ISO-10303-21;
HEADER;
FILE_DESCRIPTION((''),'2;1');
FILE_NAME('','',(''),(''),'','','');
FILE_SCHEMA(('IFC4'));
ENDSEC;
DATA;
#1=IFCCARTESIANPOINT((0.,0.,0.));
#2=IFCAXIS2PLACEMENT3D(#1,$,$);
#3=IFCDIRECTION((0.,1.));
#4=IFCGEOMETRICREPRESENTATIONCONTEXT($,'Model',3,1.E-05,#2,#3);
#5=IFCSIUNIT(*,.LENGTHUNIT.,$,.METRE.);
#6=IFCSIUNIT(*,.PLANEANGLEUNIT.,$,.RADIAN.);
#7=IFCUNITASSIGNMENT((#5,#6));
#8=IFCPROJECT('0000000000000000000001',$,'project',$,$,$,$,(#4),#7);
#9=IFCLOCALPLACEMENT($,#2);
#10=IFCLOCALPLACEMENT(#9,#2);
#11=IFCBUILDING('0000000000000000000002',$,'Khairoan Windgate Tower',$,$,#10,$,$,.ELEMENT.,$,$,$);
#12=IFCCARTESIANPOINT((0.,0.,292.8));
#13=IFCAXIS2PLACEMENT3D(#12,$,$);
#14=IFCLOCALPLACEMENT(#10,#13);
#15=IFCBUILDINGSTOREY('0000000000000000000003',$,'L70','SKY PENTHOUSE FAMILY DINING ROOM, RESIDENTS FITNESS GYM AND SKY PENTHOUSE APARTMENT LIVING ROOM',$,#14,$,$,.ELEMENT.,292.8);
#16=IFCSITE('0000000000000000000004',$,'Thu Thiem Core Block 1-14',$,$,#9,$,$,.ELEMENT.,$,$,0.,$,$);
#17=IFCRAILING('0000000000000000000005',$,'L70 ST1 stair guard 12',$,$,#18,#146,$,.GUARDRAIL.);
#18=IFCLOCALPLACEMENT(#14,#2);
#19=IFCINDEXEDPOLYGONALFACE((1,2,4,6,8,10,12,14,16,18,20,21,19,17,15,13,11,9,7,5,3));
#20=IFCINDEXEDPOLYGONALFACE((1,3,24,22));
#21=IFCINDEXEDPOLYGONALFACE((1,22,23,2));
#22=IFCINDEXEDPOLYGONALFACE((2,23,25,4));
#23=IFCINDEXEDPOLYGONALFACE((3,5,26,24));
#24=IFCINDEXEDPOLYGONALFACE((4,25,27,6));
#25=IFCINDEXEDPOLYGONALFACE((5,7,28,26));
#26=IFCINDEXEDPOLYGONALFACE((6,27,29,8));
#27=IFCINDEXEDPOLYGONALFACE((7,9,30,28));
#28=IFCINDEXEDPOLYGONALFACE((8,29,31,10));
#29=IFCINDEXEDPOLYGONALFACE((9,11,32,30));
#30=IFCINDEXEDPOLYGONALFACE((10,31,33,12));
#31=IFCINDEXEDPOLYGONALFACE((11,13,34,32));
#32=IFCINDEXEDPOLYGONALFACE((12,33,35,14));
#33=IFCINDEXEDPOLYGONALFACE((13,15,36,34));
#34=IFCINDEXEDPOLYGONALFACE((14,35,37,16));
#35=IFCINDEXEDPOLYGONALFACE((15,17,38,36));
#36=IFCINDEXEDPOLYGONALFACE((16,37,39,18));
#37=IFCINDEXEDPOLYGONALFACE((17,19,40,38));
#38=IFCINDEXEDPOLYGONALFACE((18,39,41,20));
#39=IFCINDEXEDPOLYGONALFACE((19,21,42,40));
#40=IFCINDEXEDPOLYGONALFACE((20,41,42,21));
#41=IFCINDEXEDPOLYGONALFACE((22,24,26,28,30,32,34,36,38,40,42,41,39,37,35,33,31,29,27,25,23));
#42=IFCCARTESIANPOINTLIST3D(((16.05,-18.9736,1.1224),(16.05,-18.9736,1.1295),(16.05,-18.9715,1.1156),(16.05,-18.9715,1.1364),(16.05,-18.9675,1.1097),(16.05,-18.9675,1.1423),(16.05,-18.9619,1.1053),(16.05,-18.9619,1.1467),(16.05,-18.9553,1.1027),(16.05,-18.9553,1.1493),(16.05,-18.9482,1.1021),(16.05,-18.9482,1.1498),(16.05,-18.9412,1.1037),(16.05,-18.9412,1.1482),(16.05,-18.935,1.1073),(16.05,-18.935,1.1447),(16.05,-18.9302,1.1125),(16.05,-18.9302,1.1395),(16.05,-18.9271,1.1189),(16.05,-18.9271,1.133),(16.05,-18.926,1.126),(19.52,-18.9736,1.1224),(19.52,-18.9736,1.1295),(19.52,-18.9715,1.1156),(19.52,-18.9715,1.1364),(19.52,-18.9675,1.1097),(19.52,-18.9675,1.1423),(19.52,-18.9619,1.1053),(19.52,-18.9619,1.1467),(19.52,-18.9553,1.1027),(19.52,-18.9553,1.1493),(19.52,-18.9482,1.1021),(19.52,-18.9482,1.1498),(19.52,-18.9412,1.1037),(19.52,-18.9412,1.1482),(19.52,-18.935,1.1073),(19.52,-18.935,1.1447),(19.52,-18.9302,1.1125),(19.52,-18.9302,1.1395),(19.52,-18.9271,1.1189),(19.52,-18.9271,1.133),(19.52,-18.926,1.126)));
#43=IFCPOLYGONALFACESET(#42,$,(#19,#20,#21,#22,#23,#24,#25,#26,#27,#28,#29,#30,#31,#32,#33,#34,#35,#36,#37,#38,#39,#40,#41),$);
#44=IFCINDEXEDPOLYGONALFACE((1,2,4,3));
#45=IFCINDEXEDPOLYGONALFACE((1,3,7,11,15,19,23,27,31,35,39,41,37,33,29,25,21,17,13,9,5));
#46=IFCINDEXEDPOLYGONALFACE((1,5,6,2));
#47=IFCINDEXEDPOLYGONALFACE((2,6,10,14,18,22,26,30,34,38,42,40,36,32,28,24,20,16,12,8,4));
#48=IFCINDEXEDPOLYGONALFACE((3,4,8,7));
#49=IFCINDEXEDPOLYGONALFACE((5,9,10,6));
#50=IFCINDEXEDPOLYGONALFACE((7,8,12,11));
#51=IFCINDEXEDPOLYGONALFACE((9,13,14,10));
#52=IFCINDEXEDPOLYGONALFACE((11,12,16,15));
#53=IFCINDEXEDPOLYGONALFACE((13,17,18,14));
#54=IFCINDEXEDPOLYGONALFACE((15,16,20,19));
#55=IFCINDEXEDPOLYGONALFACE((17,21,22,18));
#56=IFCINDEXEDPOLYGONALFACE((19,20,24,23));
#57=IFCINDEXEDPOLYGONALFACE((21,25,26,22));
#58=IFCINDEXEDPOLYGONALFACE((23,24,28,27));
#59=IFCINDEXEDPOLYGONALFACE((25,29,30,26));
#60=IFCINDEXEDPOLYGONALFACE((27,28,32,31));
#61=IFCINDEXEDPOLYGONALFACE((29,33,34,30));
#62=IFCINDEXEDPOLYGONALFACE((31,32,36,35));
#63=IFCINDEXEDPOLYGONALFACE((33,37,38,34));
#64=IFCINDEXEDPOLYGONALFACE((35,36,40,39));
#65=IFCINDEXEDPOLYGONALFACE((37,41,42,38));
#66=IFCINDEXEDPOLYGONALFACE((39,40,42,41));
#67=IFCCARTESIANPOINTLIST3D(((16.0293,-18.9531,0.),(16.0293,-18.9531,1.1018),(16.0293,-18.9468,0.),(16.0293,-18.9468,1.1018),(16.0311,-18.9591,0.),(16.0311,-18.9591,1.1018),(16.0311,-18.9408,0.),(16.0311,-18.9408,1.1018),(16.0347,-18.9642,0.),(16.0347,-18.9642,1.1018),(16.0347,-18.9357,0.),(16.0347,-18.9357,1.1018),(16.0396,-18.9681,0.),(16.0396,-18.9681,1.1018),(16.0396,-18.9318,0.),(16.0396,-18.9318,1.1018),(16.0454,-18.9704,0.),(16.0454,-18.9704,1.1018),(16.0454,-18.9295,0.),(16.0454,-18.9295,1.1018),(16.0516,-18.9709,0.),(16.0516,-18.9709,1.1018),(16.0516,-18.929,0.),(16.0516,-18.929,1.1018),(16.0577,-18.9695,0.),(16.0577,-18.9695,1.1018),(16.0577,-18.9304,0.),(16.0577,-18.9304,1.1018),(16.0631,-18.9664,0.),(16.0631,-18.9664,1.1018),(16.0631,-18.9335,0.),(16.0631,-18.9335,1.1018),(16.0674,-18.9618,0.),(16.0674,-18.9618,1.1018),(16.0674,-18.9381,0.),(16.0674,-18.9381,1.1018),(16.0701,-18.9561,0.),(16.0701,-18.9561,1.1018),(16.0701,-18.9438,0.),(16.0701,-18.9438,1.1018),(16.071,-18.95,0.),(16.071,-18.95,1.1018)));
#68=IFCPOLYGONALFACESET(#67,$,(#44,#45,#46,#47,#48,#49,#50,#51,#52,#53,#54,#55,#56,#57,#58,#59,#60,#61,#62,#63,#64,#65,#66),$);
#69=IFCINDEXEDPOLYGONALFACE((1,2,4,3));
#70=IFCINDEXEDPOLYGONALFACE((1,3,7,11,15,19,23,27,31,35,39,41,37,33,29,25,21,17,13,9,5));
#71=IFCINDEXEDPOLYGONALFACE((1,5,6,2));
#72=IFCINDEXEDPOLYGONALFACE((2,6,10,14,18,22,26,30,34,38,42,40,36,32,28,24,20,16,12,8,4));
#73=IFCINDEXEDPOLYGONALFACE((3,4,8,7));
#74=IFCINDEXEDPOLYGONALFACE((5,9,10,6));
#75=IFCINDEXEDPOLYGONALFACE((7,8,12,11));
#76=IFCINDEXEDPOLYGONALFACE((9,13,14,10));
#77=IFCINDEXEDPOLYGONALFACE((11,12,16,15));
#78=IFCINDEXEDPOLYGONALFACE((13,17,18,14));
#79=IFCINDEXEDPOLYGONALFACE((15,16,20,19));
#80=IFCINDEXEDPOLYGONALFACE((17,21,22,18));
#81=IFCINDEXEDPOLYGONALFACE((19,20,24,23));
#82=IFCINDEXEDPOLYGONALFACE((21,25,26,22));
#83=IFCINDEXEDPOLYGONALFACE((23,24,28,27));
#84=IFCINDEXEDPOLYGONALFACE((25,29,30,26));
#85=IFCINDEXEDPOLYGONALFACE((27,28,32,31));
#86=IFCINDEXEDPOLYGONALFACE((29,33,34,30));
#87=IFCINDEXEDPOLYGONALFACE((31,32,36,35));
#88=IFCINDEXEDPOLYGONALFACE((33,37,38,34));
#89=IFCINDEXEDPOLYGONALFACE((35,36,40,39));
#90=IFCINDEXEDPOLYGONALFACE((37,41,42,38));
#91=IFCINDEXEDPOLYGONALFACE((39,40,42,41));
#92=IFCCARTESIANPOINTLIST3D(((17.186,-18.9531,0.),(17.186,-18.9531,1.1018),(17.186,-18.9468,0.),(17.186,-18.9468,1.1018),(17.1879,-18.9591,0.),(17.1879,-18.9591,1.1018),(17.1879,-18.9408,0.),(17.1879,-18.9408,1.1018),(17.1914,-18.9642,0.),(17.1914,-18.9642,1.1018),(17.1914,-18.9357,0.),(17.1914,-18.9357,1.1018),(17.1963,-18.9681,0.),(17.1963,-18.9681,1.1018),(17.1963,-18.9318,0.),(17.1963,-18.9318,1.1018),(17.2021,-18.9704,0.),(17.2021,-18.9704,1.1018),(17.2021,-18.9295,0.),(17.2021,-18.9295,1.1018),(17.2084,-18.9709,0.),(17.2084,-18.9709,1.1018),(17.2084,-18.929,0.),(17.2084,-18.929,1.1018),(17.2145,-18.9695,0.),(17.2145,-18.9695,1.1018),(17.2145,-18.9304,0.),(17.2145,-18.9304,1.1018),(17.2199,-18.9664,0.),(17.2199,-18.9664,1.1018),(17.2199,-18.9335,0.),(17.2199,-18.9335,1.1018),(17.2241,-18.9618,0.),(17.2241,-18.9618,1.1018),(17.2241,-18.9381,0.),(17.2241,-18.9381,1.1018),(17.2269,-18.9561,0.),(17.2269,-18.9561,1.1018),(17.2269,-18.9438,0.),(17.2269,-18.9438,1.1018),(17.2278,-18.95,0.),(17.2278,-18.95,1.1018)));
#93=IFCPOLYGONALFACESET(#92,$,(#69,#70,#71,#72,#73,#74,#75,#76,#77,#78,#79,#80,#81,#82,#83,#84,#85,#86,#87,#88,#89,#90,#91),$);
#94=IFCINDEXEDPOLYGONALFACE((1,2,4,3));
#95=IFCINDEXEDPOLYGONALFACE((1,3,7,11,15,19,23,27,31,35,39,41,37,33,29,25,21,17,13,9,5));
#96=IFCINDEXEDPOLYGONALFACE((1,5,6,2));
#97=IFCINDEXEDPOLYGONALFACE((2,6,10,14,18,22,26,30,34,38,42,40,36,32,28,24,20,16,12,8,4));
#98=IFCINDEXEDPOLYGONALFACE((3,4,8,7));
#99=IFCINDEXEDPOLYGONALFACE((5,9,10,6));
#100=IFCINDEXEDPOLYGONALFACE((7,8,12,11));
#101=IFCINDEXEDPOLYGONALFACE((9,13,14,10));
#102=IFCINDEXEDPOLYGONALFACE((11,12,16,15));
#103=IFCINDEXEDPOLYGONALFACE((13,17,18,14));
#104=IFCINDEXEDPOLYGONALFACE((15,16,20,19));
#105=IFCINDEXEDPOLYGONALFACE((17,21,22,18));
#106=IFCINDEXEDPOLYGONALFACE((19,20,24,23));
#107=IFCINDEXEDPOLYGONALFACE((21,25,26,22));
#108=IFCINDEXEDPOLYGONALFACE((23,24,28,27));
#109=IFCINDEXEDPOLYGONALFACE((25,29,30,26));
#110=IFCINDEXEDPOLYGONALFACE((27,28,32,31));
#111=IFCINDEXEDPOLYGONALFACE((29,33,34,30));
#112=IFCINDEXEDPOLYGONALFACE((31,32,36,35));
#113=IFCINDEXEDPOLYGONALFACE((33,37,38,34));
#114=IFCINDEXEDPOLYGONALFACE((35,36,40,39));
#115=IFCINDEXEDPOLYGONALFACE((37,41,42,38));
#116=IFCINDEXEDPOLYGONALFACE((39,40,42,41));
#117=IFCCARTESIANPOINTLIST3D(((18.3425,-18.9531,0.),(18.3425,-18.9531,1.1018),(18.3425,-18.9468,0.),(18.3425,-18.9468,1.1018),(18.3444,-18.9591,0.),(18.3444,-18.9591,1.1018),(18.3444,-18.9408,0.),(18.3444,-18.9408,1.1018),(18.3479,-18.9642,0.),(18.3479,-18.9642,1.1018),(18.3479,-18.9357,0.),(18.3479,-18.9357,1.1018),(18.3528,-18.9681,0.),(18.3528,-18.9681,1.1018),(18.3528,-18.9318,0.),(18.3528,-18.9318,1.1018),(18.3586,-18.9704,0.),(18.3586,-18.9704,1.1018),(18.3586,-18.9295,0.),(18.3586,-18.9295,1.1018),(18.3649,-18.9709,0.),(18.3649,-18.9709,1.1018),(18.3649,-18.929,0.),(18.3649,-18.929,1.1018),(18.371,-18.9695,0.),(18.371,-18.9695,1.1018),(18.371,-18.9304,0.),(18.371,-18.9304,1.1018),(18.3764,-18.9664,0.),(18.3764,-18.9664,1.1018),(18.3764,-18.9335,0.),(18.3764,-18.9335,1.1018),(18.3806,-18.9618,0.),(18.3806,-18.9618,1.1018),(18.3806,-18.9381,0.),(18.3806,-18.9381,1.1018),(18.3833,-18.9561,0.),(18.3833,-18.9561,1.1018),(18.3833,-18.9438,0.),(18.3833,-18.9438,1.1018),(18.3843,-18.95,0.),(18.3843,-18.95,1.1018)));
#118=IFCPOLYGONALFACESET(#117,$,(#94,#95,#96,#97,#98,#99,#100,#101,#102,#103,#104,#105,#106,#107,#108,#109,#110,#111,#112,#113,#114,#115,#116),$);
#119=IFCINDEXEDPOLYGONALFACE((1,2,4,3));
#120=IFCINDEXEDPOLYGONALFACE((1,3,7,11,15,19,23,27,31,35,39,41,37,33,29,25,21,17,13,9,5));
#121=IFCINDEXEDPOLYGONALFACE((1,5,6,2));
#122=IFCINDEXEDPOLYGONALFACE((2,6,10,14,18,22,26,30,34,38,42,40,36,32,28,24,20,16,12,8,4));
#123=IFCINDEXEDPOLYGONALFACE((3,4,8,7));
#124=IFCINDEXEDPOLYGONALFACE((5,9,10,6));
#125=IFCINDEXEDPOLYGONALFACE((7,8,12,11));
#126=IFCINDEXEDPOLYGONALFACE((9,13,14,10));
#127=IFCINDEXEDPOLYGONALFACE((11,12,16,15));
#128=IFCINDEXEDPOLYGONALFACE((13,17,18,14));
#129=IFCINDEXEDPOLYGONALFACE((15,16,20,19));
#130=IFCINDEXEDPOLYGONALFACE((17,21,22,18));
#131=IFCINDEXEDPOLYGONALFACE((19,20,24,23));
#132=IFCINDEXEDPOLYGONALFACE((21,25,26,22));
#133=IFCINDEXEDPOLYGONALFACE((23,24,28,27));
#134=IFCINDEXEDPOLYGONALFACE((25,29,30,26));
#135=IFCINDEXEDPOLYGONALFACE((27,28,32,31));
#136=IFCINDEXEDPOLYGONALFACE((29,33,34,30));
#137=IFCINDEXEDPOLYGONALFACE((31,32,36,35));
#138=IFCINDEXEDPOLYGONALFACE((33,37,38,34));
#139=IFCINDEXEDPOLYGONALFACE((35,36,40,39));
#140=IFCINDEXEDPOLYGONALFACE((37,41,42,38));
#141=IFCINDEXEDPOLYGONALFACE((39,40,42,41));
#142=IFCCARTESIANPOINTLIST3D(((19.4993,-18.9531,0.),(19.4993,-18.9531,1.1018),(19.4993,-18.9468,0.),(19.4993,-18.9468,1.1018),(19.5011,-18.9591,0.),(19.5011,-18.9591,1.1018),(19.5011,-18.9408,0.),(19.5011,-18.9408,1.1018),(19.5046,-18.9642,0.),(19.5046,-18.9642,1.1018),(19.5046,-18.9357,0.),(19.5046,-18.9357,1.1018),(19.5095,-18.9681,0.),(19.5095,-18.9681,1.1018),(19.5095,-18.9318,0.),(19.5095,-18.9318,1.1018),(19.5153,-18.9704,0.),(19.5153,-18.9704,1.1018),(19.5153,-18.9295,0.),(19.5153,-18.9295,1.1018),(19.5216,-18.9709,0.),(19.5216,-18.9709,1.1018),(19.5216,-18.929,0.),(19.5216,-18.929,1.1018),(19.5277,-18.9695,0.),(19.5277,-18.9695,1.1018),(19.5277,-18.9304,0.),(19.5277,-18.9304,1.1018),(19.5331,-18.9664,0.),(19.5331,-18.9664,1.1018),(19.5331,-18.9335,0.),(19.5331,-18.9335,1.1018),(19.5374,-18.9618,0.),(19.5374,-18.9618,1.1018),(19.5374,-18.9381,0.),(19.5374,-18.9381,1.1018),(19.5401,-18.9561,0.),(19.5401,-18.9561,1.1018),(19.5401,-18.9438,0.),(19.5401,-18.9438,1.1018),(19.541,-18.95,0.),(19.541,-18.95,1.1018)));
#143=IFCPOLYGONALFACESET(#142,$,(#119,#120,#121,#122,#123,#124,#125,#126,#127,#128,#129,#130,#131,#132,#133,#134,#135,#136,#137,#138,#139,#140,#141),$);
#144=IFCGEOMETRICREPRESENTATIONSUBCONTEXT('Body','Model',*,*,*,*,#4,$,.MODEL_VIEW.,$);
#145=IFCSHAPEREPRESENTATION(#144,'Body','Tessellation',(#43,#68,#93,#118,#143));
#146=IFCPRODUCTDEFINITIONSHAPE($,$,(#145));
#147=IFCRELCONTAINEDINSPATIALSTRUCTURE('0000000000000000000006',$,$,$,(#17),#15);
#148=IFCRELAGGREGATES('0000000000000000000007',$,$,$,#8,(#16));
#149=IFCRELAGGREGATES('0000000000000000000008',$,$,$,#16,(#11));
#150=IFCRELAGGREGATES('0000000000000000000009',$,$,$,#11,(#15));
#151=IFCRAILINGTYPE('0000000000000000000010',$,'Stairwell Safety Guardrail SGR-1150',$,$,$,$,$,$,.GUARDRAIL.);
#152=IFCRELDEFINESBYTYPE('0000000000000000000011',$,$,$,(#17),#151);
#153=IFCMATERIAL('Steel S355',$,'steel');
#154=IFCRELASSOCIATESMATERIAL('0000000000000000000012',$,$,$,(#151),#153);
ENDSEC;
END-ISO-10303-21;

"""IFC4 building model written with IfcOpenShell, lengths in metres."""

from ifc_helpers import new_model, si_unit, direction, frame, origin, origin_2d, place, context, subcontext, project, spatial, circle, extrude, material, type_object, element, save


model = new_model("IFC4")

# Units and contexts
model_context = context("Model", 3, precision=1e-05, world=origin(), true_north=direction((0.0, 1.0)))
body_context = subcontext(model_context, "Body", "Model", "MODEL_VIEW")
ifc_project = project(units=[si_unit("LENGTHUNIT", "METRE"), si_unit("PLANEANGLEUNIT", "RADIAN")], contexts=[model_context])

# Site, building, storey
site_placement = place(None, origin())
site = spatial("IfcSite", under=ifc_project, at=site_placement, Name="Thu Thiem Core Block 1-14", CompositionType="ELEMENT", RefElevation=0.0)
building_placement = place(site_placement, origin())
building = spatial("IfcBuilding", under=site, at=building_placement, Name="Khairoan Windgate Tower", CompositionType="ELEMENT")
storey_placement = place(building_placement, frame((0.0, 0.0, 292.8)))
storey = spatial("IfcBuildingStorey", under=building, at=storey_placement, Name="L70", Description="SKY PENTHOUSE FAMILY DINING ROOM, RESIDENTS FITNESS GYM AND SKY PENTHOUSE APARTMENT LIVING ROOM", CompositionType="ELEMENT", Elevation=292.8)

# Railing
ifc_material_1 = material(Name="Steel S355", Category="steel")
railing_type = type_object("IfcRailingType", Name="Stairwell Safety Guardrail SGR-1150", PredefinedType="GUARDRAIL", material=ifc_material_1)
railing_1_placement = place(storey_placement, frame((16.05, -18.95, 0.0)))
element("IfcRailing", 1, at=railing_1_placement, inside=storey, type_object=railing_type, Name="L70 ST1 stair guard 12", PredefinedType="GUARDRAIL", context=body_context, shape_type="SweptSolid", body=[
    extrude(circle(Radius=0.0239, at=origin_2d()), frame((0.0, 0.0, 1.126), z_axis=(1.0, 0.0, 0.0), x_axis=(0.0, 1.0, 0.0)), (0.0, 0.0, 1.0), 3.47),
    extrude(circle(Radius=0.021, at=origin_2d()), origin(), (0.0, 0.0, 1.0), 1.1018),
    extrude(circle(Radius=0.021, at=origin_2d()), frame((1.1567, 0.0, 0.0)), (0.0, 0.0, 1.0), 1.1018),
    extrude(circle(Radius=0.021, at=origin_2d()), frame((2.3132, 0.0, 0.0)), (0.0, 0.0, 1.0), 1.1018),
    extrude(circle(Radius=0.021, at=origin_2d()), frame((3.47, 0.0, 0.0)), (0.0, 0.0, 1.0), 1.1018),
])

save(model, "model.ifc")
